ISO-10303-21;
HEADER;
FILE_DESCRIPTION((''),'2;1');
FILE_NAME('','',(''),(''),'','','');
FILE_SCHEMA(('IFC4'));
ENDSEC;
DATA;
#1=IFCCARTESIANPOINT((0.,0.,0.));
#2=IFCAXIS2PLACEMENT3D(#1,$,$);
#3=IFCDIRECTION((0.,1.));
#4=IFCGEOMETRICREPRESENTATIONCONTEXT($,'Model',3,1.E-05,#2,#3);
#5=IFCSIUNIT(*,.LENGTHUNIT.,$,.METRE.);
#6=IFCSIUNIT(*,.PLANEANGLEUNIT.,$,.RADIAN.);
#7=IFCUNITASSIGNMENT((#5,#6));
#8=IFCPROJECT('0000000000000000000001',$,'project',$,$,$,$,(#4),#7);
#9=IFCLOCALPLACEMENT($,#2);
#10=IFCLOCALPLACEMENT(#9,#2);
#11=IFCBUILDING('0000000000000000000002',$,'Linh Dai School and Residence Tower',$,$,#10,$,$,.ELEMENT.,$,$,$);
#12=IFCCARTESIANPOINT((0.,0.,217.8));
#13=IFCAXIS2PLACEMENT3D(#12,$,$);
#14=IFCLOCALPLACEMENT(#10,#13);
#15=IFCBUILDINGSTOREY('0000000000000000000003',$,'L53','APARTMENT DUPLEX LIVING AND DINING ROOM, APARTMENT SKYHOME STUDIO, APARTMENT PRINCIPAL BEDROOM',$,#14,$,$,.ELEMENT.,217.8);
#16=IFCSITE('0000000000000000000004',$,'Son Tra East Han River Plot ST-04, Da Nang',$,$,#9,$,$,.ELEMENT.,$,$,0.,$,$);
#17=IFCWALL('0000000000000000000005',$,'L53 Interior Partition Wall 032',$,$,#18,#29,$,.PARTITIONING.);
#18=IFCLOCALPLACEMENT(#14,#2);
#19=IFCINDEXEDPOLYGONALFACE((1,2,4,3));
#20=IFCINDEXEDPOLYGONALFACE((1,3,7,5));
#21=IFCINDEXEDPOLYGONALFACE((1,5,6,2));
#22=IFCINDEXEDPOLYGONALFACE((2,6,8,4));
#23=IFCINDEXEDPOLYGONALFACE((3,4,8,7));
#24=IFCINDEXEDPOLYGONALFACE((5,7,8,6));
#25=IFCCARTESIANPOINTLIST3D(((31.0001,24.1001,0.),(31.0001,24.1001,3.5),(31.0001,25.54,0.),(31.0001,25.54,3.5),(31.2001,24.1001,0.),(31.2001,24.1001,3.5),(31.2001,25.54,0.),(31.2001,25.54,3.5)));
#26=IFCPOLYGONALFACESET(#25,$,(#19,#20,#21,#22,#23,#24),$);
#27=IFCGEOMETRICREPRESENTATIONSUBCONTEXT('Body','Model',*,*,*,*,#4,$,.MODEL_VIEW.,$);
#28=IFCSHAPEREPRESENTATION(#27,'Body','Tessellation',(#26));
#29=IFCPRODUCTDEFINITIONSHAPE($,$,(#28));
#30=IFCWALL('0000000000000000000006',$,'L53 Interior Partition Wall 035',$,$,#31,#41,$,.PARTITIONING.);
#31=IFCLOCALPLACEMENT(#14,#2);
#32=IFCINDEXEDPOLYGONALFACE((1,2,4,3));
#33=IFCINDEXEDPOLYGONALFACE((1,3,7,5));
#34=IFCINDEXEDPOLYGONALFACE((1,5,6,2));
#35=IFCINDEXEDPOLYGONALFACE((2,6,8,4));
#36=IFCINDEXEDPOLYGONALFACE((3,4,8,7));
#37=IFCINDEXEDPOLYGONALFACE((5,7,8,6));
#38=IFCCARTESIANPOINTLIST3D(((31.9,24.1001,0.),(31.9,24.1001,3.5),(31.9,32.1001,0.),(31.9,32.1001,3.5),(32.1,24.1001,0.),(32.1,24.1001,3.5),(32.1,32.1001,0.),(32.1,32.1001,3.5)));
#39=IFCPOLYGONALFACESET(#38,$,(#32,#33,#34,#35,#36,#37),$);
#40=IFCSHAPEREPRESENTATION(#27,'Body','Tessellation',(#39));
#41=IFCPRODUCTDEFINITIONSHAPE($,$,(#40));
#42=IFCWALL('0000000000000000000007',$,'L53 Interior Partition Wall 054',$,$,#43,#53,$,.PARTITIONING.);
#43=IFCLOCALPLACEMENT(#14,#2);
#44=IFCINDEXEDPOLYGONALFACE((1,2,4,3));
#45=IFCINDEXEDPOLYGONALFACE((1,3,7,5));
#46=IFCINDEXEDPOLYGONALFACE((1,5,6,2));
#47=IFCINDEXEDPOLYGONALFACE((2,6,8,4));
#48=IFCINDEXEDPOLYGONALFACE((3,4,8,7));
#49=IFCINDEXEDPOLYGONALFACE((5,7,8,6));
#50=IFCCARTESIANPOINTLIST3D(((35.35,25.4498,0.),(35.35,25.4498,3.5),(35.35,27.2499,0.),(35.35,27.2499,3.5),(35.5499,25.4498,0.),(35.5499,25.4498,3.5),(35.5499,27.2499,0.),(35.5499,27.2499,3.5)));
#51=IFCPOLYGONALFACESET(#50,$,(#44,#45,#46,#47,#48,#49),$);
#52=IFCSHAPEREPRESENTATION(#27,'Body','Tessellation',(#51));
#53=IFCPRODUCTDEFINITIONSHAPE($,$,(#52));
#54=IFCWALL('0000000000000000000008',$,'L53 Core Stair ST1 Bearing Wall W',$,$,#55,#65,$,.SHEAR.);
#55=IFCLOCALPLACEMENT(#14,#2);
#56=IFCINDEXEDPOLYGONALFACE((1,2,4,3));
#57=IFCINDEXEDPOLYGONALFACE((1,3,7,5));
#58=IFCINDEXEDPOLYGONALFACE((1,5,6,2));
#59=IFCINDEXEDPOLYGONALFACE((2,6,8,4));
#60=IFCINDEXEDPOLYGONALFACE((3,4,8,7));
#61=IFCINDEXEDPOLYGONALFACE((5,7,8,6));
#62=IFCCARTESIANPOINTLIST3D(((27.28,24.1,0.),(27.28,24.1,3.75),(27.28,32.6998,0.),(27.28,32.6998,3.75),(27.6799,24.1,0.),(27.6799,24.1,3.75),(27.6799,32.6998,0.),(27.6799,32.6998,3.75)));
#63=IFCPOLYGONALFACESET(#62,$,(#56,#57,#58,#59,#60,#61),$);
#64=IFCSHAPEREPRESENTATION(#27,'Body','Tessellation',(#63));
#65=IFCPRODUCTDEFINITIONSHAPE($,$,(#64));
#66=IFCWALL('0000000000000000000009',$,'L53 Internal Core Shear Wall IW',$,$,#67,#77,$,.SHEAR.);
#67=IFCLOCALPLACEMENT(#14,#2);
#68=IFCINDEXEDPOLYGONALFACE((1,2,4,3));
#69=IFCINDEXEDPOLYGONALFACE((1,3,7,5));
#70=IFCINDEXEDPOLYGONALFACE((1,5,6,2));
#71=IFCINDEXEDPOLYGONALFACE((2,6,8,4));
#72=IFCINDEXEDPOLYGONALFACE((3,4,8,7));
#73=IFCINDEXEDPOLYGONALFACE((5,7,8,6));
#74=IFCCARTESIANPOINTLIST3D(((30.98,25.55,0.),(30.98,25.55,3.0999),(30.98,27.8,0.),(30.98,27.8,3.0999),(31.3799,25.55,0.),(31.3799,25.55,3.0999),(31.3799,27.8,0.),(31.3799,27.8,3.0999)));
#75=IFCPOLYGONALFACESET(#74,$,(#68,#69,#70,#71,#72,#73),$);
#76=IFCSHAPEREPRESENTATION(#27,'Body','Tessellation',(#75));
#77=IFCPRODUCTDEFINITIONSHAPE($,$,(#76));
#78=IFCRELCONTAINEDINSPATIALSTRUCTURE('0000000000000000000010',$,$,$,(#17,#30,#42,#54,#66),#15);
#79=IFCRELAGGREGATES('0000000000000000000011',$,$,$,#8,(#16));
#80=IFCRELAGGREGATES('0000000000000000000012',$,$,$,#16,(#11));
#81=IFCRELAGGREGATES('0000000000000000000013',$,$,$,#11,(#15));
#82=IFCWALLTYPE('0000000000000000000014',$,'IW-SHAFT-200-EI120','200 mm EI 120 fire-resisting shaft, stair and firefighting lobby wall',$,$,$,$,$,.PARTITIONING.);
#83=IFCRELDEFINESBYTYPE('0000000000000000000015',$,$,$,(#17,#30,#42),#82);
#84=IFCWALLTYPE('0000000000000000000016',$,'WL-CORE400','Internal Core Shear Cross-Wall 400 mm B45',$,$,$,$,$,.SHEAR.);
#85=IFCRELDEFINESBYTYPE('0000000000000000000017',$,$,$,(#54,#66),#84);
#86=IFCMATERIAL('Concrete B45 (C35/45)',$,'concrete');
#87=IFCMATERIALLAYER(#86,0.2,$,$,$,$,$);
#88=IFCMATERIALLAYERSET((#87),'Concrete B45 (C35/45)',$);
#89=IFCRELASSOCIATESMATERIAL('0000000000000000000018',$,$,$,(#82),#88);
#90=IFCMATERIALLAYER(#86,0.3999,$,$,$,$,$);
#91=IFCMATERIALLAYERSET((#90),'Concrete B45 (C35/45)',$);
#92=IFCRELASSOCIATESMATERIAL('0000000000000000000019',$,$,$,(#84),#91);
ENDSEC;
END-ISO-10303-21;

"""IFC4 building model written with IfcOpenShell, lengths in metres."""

from ifc_helpers import new_model, si_unit, direction, frame, frame_2d, origin, place, context, subcontext, project, spatial, rectangle, extrude, material, layer, layer_set, type_object, element, save


model = new_model("IFC4")

# Units and contexts
model_context = context("Model", 3, precision=1e-05, world=origin(), true_north=direction((0.0, 1.0)))
body_context = subcontext(model_context, "Body", "Model", "MODEL_VIEW")
ifc_project = project(units=[si_unit("LENGTHUNIT", "METRE"), si_unit("PLANEANGLEUNIT", "RADIAN")], contexts=[model_context])

# Site, building, storey
site_placement = place(None, origin())
site = spatial("IfcSite", under=ifc_project, at=site_placement, Name="Son Tra East Han River Plot ST-04, Da Nang", CompositionType="ELEMENT", RefElevation=0.0)
building_placement = place(site_placement, origin())
building = spatial("IfcBuilding", under=site, at=building_placement, Name="Linh Dai School and Residence Tower", CompositionType="ELEMENT")
storey_placement = place(building_placement, frame((0.0, 0.0, 217.8)))
storey = spatial("IfcBuildingStorey", under=building, at=storey_placement, Name="L53", Description="APARTMENT DUPLEX LIVING AND DINING ROOM, APARTMENT SKYHOME STUDIO, APARTMENT PRINCIPAL BEDROOM", CompositionType="ELEMENT", Elevation=217.8)

# Shared definitions
ifc_material_1 = material(Name="Concrete B45 (C35/45)", Category="concrete")
ifc_layer_1 = layer(ifc_material_1, 0.2)
ifc_layer_set_1 = layer_set([ifc_layer_1], Name="Concrete B45 (C35/45)")
wall_type_1 = type_object("IfcWallType", Name="IW-SHAFT-200-EI120", Description="200 mm EI 120 fire-resisting shaft, stair and firefighting lobby wall", PredefinedType="PARTITIONING", material=ifc_layer_set_1)

# Walls
wall_1_placement = place(storey_placement, frame((31.1001, 24.1001, 0.0), z_axis=(0.0, 0.0, 1.0), x_axis=(0.0, 1.0, 0.0)))
element("IfcWall", 1, at=wall_1_placement, inside=storey, type_object=wall_type_1, Name="L53 Interior Partition Wall 032", PredefinedType="PARTITIONING", context=body_context, shape_type="SweptSolid", body=[
    extrude(rectangle(XDim=1.4399, YDim=0.2, at=frame_2d((0.72, 0.0))), origin(), (0.0, 0.0, 1.0), 3.5),
])
wall_2_placement = place(storey_placement, frame((32.0, 24.1001, 0.0), z_axis=(0.0, 0.0, 1.0), x_axis=(0.0, 1.0, 0.0)))
element("IfcWall", 2, at=wall_2_placement, inside=storey, type_object=wall_type_1, Name="L53 Interior Partition Wall 035", PredefinedType="PARTITIONING", context=body_context, shape_type="SweptSolid", body=[
    extrude(rectangle(XDim=8.0, YDim=0.2, at=frame_2d((4.0, 0.0))), origin(), (0.0, 0.0, 1.0), 3.5),
])

# Walls
wall_3_placement = place(storey_placement, frame((35.45, 25.45, 0.0), z_axis=(0.0, 0.0, 1.0), x_axis=(0.0, 1.0, 0.0)))
element("IfcWall", 3, at=wall_3_placement, inside=storey, type_object=wall_type_1, Name="L53 Interior Partition Wall 054", PredefinedType="PARTITIONING", context=body_context, shape_type="SweptSolid", body=[
    extrude(rectangle(XDim=1.8, YDim=0.2, at=frame_2d((0.8999, 0.0))), origin(), (0.0, 0.0, 1.0), 3.5),
])
ifc_layer_2 = layer(ifc_material_1, 0.3999)
ifc_layer_set_2 = layer_set([ifc_layer_2], Name="Concrete B45 (C35/45)")
wall_type_2 = type_object("IfcWallType", Name="WL-CORE400", Description="Internal Core Shear Cross-Wall 400 mm B45", PredefinedType="SHEAR", material=ifc_layer_set_2)
wall_4_placement = place(storey_placement, frame((27.48, 24.1001, 0.0), z_axis=(0.0, 0.0, 1.0), x_axis=(0.0, 1.0, 0.0)))
element("IfcWall", 4, at=wall_4_placement, inside=storey, type_object=wall_type_2, Name="L53 Core Stair ST1 Bearing Wall W", PredefinedType="SHEAR", context=body_context, shape_type="SweptSolid", body=[
    extrude(rectangle(XDim=8.5999, YDim=0.3999, at=frame_2d((4.2998, 0.0))), origin(), (0.0, 0.0, 1.0), 3.75),
])
wall_5_placement = place(storey_placement, frame((31.1799, 25.55, 0.0), z_axis=(0.0, 0.0, 1.0), x_axis=(0.0, 1.0, 0.0)))
element("IfcWall", 5, at=wall_5_placement, inside=storey, type_object=wall_type_2, Name="L53 Internal Core Shear Wall IW", PredefinedType="SHEAR", context=body_context, shape_type="SweptSolid", body=[
    extrude(rectangle(XDim=2.25, YDim=0.3999, at=frame_2d((1.125, 0.0))), origin(), (0.0, 0.0, 1.0), 3.0999),
])

save(model, "model.ifc")
